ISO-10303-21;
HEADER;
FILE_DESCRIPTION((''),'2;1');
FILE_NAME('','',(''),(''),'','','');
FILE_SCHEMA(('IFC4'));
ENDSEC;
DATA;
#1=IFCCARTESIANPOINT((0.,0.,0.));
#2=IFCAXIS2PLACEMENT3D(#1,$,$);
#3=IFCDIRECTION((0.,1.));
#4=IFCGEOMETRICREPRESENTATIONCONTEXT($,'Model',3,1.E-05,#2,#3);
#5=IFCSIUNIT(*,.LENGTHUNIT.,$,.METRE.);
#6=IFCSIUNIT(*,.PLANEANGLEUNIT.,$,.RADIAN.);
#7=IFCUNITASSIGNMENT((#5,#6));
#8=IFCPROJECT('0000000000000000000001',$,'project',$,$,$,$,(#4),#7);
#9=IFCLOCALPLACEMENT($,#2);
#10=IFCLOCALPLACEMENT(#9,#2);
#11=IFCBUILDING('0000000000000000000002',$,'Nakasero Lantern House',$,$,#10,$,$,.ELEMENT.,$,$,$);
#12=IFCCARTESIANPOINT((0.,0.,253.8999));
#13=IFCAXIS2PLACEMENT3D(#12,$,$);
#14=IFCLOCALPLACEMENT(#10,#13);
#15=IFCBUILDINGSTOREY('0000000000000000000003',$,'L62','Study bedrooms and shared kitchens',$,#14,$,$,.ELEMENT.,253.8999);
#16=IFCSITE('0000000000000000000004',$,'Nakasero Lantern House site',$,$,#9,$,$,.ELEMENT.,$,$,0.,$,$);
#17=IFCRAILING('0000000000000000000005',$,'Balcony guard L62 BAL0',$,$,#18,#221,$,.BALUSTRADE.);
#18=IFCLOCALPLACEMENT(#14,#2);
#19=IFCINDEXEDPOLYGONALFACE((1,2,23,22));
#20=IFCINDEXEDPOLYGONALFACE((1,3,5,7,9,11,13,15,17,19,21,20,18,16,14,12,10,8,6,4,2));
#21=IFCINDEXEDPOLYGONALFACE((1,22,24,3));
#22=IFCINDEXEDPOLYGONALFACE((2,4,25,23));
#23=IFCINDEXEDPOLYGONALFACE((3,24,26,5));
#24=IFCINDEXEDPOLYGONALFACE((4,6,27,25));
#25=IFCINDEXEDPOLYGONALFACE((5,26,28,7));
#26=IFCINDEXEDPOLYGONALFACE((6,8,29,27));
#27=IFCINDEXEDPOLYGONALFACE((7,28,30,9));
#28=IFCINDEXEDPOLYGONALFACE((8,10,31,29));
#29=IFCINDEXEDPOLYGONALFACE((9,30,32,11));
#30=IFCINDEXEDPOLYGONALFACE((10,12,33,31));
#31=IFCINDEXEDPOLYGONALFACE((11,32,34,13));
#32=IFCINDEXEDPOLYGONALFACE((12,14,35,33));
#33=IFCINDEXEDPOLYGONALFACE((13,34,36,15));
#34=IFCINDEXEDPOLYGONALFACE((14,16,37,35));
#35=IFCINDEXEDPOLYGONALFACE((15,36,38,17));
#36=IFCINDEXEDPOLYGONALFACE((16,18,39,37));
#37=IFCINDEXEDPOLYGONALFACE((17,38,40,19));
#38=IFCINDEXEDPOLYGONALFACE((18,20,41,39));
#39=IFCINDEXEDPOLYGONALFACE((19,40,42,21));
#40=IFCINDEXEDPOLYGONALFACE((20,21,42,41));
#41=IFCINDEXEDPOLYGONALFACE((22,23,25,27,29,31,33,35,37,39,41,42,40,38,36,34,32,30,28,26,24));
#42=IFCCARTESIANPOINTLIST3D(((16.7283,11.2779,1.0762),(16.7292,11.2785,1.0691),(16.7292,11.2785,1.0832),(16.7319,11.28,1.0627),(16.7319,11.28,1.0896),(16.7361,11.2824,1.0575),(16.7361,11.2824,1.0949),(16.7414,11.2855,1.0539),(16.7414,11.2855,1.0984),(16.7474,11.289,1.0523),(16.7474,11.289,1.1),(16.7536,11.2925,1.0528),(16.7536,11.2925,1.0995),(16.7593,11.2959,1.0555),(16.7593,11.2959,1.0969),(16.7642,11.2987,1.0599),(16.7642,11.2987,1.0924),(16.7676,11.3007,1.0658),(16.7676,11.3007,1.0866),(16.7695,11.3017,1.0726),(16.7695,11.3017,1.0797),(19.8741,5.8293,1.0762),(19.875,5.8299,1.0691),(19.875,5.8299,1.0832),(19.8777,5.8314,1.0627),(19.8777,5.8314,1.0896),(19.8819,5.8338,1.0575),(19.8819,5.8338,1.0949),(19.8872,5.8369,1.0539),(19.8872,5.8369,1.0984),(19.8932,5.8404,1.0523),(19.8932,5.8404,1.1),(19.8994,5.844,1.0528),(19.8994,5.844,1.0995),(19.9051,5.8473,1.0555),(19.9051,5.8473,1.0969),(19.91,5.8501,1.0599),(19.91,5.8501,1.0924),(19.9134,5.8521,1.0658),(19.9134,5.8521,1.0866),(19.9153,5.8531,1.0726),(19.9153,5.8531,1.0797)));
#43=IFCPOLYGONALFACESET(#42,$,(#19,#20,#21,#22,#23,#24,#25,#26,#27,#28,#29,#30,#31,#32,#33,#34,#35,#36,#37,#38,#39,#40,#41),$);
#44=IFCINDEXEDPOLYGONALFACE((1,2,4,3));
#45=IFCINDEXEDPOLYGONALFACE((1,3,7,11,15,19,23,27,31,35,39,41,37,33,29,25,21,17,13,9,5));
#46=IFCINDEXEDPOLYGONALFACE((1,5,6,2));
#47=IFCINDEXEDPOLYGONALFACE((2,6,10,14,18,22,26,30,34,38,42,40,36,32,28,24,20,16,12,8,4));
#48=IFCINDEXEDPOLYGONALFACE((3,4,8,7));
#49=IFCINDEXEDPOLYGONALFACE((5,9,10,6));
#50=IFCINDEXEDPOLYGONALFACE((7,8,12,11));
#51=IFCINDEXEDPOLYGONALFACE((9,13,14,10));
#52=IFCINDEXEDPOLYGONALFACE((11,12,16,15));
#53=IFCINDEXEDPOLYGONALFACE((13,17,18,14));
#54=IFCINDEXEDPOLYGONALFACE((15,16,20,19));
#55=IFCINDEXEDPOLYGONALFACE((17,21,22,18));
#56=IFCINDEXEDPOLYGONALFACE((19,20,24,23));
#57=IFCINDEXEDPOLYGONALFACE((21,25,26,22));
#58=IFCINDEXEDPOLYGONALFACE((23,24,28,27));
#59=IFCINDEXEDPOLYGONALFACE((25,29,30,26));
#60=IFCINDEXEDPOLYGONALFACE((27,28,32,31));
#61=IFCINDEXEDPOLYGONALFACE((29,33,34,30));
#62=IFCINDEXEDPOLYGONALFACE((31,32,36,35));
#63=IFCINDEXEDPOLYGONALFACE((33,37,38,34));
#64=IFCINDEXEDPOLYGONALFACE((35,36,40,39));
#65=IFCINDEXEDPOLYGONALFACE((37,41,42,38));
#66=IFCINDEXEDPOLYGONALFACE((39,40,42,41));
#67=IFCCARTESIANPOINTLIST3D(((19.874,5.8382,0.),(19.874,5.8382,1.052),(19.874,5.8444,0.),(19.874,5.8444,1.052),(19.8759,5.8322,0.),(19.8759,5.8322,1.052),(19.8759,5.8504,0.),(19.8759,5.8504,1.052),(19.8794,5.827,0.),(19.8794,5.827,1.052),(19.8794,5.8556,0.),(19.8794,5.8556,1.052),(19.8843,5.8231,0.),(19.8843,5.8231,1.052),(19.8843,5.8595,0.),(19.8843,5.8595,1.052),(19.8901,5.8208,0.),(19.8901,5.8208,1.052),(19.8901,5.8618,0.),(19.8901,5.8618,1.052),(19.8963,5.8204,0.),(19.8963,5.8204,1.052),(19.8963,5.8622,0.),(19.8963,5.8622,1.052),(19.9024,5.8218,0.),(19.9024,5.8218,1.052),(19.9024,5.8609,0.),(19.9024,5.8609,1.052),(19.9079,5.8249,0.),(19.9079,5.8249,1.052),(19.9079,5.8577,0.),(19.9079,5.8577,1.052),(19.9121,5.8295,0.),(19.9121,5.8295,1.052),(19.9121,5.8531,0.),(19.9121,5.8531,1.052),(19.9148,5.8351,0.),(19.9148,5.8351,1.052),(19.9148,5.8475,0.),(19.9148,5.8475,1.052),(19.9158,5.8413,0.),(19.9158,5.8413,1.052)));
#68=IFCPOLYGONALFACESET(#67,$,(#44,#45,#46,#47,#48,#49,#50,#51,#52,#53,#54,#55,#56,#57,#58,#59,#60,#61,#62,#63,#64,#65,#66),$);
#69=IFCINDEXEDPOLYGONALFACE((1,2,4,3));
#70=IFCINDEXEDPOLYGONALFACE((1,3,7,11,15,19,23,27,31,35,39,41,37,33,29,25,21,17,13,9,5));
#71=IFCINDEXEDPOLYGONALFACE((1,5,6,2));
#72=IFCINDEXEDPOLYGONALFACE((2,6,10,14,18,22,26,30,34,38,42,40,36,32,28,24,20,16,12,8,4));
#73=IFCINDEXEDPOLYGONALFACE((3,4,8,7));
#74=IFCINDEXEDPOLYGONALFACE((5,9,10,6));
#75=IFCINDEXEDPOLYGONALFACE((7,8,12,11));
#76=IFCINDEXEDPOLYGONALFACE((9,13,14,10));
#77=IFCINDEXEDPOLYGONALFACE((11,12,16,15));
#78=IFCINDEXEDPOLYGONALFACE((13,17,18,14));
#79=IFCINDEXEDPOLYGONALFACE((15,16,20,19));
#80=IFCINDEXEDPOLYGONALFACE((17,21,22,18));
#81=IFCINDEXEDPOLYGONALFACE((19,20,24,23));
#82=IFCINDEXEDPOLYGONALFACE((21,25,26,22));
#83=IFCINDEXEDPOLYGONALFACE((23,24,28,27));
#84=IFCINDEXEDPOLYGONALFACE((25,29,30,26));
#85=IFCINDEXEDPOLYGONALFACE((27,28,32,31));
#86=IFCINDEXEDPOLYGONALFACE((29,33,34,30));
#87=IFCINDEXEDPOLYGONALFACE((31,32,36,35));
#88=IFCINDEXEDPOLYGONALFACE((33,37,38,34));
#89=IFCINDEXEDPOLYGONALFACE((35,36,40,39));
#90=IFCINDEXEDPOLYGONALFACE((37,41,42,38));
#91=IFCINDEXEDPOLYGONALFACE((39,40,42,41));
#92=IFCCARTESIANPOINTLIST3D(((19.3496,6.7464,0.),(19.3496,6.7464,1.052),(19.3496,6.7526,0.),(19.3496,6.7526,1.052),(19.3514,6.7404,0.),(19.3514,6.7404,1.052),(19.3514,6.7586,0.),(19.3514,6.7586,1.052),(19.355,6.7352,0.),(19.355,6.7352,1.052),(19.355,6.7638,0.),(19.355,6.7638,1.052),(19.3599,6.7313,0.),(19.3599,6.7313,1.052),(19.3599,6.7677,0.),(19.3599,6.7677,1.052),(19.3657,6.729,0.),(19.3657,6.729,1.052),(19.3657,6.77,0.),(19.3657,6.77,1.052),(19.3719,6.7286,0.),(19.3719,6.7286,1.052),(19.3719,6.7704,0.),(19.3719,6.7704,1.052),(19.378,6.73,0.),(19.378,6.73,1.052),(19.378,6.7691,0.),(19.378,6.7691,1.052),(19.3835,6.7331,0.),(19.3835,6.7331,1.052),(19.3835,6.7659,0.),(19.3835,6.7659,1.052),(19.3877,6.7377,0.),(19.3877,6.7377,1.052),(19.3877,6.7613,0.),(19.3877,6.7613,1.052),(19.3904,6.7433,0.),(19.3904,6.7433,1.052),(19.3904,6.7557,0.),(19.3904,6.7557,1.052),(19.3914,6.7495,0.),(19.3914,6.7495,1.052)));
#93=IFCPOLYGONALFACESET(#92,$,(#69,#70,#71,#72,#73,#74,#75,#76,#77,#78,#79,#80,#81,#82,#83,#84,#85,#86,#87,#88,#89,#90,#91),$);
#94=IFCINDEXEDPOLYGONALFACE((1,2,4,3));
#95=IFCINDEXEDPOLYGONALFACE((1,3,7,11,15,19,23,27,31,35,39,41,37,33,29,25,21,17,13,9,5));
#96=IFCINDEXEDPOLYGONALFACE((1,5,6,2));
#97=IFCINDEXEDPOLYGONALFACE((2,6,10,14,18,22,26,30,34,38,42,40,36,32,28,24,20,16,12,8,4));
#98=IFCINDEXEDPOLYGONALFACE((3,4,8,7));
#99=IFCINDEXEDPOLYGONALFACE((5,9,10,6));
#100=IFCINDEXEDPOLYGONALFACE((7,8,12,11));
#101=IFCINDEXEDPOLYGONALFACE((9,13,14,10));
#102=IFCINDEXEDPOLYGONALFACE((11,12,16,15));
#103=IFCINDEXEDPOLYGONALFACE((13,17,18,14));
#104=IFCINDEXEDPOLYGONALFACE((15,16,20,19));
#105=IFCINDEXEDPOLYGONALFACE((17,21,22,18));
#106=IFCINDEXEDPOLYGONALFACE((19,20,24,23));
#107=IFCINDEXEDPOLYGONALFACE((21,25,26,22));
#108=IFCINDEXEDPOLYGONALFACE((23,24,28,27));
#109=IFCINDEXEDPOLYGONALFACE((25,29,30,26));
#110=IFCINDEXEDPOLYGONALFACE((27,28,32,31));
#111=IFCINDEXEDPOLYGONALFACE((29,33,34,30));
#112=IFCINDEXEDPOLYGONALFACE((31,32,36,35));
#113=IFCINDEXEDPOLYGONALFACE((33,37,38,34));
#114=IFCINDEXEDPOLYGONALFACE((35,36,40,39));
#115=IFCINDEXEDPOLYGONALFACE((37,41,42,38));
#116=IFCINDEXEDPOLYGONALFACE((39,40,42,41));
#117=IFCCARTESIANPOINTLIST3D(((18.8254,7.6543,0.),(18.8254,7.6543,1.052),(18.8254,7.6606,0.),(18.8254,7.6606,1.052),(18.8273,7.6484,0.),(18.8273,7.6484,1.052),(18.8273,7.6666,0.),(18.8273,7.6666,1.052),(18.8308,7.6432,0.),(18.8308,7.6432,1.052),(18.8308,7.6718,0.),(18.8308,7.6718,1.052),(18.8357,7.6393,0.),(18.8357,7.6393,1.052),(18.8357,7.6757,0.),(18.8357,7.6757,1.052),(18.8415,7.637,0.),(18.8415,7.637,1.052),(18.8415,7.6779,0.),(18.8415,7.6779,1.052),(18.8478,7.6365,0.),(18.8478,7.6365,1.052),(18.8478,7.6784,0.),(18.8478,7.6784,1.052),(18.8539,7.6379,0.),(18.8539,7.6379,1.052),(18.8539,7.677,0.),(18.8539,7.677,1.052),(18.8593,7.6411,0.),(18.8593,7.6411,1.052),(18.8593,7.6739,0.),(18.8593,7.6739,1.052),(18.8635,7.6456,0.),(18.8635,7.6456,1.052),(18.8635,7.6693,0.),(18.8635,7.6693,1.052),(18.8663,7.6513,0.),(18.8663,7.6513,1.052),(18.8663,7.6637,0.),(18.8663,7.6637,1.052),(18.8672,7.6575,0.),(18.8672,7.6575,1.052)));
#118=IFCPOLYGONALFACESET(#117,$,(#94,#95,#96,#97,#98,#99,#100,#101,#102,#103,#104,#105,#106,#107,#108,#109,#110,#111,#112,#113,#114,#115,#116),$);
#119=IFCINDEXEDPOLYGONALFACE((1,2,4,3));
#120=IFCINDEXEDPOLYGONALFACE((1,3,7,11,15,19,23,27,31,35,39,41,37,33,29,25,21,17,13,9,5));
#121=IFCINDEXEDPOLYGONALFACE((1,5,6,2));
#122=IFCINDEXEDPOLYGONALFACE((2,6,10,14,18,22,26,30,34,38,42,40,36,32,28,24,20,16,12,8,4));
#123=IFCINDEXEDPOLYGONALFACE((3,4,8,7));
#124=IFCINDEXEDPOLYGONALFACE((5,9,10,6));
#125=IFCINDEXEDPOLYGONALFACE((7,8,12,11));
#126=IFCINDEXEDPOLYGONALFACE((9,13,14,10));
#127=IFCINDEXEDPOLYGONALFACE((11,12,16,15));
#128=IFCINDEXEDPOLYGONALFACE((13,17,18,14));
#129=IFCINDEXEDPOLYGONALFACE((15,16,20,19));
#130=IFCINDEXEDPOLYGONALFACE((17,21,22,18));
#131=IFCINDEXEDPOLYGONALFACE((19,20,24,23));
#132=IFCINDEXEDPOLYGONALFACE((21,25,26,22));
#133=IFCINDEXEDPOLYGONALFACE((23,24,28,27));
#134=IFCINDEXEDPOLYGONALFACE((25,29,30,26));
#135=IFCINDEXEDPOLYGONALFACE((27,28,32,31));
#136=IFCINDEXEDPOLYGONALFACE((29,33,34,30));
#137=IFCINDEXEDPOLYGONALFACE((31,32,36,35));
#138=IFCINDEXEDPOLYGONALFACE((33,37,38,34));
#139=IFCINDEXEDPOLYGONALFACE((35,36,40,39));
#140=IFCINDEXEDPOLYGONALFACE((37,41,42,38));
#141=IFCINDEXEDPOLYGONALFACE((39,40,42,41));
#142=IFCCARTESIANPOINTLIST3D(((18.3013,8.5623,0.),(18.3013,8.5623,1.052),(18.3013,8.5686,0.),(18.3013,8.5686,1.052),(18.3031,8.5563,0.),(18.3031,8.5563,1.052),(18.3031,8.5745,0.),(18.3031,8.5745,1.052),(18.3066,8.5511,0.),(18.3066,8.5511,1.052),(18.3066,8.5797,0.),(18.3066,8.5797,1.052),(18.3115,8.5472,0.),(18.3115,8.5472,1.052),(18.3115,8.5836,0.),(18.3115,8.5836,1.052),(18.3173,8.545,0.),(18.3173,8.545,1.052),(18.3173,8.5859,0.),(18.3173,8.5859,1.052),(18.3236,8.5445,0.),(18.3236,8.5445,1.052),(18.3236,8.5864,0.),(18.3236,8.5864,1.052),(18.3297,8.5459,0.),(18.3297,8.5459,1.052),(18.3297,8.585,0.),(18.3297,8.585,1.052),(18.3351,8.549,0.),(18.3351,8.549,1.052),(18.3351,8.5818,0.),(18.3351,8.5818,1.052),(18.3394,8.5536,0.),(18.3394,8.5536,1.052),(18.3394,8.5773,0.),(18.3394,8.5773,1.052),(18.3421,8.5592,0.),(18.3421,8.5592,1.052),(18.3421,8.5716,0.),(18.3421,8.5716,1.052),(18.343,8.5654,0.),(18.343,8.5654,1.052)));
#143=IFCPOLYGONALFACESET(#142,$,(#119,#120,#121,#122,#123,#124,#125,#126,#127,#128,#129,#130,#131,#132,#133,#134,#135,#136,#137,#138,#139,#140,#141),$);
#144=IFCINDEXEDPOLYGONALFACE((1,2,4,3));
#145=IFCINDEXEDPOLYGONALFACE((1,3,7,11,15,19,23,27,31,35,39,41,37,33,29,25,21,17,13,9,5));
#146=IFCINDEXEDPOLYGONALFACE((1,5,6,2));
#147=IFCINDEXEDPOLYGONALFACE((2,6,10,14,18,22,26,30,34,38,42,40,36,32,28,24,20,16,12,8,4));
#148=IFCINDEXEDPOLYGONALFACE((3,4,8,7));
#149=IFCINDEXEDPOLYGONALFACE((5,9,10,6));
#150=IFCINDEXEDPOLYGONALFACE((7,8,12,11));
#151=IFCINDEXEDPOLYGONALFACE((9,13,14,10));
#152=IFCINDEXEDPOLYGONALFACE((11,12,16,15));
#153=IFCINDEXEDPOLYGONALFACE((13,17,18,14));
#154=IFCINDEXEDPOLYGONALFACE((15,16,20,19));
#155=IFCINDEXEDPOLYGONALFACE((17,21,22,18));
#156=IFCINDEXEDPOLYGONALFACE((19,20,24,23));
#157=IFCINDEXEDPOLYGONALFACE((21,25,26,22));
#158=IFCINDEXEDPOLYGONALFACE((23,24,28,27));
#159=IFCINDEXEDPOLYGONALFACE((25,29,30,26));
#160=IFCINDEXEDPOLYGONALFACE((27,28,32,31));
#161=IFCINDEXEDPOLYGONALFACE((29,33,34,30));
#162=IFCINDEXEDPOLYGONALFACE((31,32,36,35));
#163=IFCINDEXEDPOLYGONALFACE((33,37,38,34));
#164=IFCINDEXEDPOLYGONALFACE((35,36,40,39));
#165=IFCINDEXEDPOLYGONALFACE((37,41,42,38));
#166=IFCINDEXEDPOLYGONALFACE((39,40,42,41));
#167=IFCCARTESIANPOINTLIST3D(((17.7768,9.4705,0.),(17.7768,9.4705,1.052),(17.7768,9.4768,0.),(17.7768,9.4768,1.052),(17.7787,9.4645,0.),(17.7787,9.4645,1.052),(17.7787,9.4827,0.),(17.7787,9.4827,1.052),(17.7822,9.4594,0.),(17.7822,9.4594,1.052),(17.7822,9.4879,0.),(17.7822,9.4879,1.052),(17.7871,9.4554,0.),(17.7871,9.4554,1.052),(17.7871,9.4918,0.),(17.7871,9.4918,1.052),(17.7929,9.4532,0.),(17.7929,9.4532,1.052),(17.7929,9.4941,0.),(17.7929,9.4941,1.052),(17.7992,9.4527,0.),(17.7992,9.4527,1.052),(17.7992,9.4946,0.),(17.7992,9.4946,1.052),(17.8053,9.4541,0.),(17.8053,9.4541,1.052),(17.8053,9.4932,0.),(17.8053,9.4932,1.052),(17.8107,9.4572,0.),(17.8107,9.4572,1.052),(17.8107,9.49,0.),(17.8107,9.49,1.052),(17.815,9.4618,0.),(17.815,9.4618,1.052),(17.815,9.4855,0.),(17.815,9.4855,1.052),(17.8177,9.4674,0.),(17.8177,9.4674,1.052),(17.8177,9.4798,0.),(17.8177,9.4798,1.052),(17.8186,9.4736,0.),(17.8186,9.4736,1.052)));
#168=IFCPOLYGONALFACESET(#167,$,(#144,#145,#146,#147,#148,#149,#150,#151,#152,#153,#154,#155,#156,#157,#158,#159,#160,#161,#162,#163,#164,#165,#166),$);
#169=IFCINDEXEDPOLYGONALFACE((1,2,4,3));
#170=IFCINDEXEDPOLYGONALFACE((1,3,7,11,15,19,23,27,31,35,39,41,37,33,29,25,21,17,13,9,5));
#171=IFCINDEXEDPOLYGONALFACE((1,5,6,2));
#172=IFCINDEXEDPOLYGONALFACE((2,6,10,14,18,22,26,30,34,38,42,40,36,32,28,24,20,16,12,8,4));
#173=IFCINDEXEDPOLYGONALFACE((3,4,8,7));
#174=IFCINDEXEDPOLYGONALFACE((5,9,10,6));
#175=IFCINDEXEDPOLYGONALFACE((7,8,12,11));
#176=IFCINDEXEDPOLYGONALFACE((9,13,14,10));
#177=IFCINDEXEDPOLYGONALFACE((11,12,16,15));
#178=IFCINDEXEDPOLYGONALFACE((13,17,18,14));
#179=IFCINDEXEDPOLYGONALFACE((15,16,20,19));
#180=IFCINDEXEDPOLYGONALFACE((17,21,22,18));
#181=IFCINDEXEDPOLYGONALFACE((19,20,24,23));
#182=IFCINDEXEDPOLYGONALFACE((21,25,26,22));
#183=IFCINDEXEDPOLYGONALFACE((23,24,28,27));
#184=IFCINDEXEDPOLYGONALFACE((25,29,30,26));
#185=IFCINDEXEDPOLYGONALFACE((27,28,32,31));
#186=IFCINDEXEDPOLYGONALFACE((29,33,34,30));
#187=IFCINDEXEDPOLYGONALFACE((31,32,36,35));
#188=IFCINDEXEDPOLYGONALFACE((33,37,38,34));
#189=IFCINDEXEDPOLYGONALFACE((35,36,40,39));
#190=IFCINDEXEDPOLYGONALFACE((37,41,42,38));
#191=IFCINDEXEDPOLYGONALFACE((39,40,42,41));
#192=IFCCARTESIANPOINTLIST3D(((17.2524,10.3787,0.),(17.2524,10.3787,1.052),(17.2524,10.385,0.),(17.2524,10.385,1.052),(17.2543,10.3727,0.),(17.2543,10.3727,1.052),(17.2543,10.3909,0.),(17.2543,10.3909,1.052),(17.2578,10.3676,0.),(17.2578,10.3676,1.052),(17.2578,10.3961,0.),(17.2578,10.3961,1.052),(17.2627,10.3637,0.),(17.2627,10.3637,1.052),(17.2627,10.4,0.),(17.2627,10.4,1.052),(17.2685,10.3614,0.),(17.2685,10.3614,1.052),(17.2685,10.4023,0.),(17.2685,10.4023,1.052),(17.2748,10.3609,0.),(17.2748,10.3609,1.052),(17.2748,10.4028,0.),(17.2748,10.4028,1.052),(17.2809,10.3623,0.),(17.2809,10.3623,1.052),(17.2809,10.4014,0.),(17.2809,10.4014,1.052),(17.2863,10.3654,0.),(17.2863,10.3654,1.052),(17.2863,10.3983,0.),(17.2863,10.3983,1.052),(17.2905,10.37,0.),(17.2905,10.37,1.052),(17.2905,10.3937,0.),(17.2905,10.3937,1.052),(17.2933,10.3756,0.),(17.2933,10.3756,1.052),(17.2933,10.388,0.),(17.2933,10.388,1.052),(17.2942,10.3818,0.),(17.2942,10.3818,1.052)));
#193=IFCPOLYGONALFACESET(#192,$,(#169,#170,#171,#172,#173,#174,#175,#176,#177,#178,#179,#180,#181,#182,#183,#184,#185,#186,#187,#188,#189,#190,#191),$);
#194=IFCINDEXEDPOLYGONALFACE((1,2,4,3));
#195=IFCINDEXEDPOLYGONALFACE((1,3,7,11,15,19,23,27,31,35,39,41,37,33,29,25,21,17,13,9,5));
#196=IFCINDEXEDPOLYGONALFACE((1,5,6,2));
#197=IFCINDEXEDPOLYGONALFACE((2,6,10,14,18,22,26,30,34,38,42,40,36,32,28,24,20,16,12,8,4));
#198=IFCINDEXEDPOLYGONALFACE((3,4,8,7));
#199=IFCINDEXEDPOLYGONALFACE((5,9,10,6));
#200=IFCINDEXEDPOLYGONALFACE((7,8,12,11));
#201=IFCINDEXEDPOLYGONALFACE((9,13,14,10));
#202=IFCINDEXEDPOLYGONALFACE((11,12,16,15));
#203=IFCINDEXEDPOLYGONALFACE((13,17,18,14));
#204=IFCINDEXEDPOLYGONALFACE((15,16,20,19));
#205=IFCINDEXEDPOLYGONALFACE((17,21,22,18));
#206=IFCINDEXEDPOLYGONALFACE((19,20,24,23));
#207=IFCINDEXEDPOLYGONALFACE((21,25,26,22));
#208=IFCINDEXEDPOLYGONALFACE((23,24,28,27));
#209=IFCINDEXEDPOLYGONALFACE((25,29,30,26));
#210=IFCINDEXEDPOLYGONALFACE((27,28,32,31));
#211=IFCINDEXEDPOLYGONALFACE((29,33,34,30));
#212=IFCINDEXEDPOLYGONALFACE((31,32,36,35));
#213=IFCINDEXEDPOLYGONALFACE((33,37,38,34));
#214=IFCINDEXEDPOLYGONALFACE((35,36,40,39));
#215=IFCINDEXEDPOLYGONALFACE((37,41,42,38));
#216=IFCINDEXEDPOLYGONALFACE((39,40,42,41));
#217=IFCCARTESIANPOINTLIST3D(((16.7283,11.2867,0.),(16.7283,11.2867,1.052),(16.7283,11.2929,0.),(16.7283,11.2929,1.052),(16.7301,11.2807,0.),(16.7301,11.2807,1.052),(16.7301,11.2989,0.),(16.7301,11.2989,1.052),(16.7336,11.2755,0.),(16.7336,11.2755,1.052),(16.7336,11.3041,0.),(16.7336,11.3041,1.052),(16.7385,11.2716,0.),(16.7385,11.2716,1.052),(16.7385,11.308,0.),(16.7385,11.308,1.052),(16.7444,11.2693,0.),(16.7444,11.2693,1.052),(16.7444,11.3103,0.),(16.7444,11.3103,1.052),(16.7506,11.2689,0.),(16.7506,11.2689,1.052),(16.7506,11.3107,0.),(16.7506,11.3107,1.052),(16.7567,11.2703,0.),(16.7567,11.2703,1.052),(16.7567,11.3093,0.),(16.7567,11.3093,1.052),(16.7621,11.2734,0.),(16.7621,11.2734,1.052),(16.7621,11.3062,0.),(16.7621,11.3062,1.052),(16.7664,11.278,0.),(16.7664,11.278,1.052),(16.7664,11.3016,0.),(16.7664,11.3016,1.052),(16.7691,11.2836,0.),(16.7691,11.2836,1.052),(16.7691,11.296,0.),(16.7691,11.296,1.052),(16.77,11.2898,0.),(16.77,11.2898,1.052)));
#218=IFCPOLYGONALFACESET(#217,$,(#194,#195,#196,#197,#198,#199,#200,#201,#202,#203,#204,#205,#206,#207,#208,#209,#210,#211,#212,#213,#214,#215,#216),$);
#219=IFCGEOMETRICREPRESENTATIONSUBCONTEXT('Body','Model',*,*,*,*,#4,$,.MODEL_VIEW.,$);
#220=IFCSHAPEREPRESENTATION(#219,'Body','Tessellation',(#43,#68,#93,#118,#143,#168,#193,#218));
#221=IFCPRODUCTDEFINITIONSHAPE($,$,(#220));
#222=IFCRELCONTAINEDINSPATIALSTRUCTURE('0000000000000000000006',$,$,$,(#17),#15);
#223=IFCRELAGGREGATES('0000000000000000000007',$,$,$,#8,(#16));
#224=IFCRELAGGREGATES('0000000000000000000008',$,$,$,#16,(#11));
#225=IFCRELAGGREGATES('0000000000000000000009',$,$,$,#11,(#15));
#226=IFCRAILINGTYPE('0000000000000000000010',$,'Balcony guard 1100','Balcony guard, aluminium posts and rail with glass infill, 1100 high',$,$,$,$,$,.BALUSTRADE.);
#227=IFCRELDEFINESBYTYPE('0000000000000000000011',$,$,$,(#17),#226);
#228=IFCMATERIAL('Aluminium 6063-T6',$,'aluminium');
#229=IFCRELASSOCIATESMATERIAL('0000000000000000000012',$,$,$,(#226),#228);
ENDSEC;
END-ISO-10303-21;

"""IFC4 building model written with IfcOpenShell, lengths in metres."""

from ifc_helpers import new_model, si_unit, direction, frame, origin, origin_2d, place, context, subcontext, project, spatial, circle, extrude, material, type_object, element, save


model = new_model("IFC4")

# Units and contexts
model_context = context("Model", 3, precision=1e-05, world=origin(), true_north=direction((0.0, 1.0)))
body_context = subcontext(model_context, "Body", "Model", "MODEL_VIEW")
ifc_project = project(units=[si_unit("LENGTHUNIT", "METRE"), si_unit("PLANEANGLEUNIT", "RADIAN")], contexts=[model_context])

# Site, building, storey
site_placement = place(None, origin())
site = spatial("IfcSite", under=ifc_project, at=site_placement, Name="Nakasero Lantern House site", CompositionType="ELEMENT", RefElevation=0.0)
building_placement = place(site_placement, origin())
building = spatial("IfcBuilding", under=site, at=building_placement, Name="Nakasero Lantern House", CompositionType="ELEMENT")
storey_placement = place(building_placement, frame((0.0, 0.0, 253.8999)))
storey = spatial("IfcBuildingStorey", under=building, at=storey_placement, Name="L62", Description="Study bedrooms and shared kitchens", CompositionType="ELEMENT", Elevation=253.8999)

# Railing
ifc_material_1 = material(Name="Aluminium 6063-T6", Category="aluminium")
railing_type = type_object("IfcRailingType", Name="Balcony guard 1100", Description="Balcony guard, aluminium posts and rail with glass infill, 1100 high", PredefinedType="BALUSTRADE", material=ifc_material_1)
railing_placement = place(storey_placement, frame((19.8948, 5.8413, 0.0)))
element("IfcRailing", 1, at=railing_placement, inside=storey, type_object=railing_type, Name="Balcony guard L62 BAL0", PredefinedType="BALUSTRADE", context=body_context, shape_type="SweptSolid", body=[
    extrude(circle(Radius=0.0239, at=origin_2d()), frame((0.0, 0.0, 1.0762), z_axis=(-0.500008, 0.866021, 0.0), x_axis=(-0.866021, -0.500008, 0.0)), (0.0, 0.0, 1.0), 6.2915),
    extrude(circle(Radius=0.021, at=origin_2d()), origin(), (0.0, 0.0, 1.0), 1.052),
    extrude(circle(Radius=0.021, at=origin_2d()), frame((-0.5244, 0.9082, 0.0)), (0.0, 0.0, 1.0), 1.052),
    extrude(circle(Radius=0.021, at=origin_2d()), frame((-1.0486, 1.8162, 0.0)), (0.0, 0.0, 1.0), 1.052),
    extrude(circle(Radius=0.021, at=origin_2d()), frame((-1.5728, 2.7241, 0.0)), (0.0, 0.0, 1.0), 1.052),
    extrude(circle(Radius=0.021, at=origin_2d()), frame((-2.0972, 3.6323, 0.0)), (0.0, 0.0, 1.0), 1.052),
    extrude(circle(Radius=0.021, at=origin_2d()), frame((-2.6216, 4.5405, 0.0)), (0.0, 0.0, 1.0), 1.052),
    extrude(circle(Radius=0.021, at=origin_2d()), frame((-3.1458, 5.4485, 0.0)), (0.0, 0.0, 1.0), 1.052),
])

save(model, "model.ifc")
